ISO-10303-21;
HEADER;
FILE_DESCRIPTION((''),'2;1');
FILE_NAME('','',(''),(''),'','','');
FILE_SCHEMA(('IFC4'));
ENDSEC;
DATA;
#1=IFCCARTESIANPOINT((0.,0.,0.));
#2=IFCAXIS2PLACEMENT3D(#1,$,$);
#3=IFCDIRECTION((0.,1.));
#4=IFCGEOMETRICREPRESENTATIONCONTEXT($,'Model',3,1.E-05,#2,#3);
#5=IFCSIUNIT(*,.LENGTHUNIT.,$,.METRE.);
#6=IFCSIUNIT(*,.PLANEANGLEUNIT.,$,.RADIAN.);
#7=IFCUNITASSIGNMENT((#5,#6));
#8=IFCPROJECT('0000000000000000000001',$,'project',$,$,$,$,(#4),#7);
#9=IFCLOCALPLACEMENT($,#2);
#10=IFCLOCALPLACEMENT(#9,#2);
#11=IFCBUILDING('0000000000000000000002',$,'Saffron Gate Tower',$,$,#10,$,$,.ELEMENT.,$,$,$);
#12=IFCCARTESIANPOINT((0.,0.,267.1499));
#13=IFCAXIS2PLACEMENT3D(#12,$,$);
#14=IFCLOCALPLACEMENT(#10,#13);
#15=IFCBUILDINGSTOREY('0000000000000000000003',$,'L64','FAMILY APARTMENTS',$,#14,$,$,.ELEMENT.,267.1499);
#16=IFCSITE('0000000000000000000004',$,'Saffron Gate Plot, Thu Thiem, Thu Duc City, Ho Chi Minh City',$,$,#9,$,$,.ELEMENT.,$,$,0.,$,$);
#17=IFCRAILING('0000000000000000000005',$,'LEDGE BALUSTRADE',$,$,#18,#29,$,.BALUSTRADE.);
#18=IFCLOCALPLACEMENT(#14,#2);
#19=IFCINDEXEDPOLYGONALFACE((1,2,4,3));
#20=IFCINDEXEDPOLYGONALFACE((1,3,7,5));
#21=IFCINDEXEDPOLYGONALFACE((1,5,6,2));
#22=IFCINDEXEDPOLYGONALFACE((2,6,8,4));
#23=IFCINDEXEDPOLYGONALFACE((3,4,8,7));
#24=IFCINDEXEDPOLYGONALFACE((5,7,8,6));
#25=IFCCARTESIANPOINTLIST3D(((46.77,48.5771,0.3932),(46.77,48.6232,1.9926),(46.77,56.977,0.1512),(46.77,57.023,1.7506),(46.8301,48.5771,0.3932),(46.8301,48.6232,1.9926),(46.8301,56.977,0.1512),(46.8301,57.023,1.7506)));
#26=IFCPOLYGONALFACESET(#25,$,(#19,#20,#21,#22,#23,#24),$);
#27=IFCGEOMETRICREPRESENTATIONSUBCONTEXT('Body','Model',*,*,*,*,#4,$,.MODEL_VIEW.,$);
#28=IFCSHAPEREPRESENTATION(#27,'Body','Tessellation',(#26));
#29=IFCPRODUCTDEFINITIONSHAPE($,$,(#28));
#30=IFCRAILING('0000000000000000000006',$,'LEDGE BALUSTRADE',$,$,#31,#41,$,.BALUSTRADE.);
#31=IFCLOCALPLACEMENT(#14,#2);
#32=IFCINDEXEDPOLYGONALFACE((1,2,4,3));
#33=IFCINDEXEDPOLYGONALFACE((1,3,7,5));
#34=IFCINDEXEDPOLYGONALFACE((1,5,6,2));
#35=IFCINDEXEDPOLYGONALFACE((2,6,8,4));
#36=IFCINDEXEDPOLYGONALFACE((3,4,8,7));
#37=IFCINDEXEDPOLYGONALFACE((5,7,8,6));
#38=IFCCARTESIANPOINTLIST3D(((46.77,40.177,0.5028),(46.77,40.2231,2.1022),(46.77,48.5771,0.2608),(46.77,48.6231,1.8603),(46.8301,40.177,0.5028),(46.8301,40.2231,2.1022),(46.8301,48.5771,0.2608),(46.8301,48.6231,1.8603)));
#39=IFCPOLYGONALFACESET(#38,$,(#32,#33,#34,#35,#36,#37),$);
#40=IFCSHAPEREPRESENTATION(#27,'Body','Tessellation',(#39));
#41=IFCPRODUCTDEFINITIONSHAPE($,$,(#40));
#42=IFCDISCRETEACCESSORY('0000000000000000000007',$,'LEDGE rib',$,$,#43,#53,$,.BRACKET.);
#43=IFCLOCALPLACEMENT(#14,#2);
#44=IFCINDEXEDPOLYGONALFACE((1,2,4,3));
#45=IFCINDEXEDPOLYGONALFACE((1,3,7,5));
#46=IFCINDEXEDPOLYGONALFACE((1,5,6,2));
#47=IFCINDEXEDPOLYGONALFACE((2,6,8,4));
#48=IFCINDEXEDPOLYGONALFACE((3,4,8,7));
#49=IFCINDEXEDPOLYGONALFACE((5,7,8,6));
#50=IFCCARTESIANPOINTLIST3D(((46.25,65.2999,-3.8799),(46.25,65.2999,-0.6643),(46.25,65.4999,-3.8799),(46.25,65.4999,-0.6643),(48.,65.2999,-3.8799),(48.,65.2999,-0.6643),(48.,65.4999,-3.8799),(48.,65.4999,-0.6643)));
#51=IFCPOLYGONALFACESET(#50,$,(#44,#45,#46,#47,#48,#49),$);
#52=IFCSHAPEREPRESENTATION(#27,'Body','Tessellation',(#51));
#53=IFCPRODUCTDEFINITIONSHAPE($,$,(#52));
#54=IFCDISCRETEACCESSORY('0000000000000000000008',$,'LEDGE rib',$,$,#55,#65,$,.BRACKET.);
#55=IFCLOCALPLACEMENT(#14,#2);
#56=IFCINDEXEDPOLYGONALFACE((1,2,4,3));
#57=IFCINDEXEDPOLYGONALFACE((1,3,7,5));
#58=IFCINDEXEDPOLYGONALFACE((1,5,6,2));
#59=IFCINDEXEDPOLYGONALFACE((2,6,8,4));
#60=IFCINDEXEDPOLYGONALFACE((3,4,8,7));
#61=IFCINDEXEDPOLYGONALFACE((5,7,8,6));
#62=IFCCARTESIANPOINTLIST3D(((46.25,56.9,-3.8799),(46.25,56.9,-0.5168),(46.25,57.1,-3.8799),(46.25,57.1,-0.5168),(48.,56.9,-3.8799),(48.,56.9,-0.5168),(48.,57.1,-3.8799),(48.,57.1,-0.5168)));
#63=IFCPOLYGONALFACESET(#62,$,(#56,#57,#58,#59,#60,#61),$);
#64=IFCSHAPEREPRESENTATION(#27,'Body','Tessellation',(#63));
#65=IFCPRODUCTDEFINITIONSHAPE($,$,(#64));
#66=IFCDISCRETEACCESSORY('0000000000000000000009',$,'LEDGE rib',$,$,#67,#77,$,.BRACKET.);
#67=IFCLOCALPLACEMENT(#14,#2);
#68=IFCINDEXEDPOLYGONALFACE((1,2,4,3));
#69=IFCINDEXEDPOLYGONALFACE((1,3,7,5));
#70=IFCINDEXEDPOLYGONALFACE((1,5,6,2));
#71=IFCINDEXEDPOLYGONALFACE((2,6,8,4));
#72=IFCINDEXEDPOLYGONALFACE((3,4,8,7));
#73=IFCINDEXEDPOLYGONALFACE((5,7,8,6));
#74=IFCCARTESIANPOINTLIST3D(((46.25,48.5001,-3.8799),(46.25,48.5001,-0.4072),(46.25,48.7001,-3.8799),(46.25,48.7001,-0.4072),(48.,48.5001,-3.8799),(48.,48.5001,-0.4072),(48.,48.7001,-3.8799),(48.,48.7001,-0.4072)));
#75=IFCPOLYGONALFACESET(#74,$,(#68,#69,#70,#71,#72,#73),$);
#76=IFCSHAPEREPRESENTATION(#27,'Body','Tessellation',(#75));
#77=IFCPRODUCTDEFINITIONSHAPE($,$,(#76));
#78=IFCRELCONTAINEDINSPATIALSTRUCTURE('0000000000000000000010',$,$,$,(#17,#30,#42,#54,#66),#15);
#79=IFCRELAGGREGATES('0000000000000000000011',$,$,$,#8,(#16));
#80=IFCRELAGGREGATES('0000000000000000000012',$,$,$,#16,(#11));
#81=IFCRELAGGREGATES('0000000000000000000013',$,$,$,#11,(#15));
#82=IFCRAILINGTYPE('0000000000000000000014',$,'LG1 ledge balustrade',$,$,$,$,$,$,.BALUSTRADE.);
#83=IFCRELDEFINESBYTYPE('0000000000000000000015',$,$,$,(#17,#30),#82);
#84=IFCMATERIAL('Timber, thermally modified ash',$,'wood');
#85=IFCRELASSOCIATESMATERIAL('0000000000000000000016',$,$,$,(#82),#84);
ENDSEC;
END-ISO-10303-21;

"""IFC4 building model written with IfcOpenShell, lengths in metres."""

from ifc_helpers import new_model, si_unit, direction, frame, origin, origin_2d, place, context, subcontext, project, spatial, rectangle, extrude, material, type_object, element, save


model = new_model("IFC4")

# Units and contexts
model_context = context("Model", 3, precision=1e-05, world=origin(), true_north=direction((0.0, 1.0)))
body_context = subcontext(model_context, "Body", "Model", "MODEL_VIEW")
ifc_project = project(units=[si_unit("LENGTHUNIT", "METRE"), si_unit("PLANEANGLEUNIT", "RADIAN")], contexts=[model_context])

# Site, building, storey
site_placement = place(None, origin())
site = spatial("IfcSite", under=ifc_project, at=site_placement, Name="Saffron Gate Plot, Thu Thiem, Thu Duc City, Ho Chi Minh City", CompositionType="ELEMENT", RefElevation=0.0)
building_placement = place(site_placement, origin())
building = spatial("IfcBuilding", under=site, at=building_placement, Name="Saffron Gate Tower", CompositionType="ELEMENT")
storey_placement = place(building_placement, frame((0.0, 0.0, 267.1499)))
storey = spatial("IfcBuildingStorey", under=building, at=storey_placement, Name="L64", Description="FAMILY APARTMENTS", CompositionType="ELEMENT", Elevation=267.1499)

# Shared definitions
ifc_material_1 = material(Name="Timber, thermally modified ash", Category="wood")

# Railings
railing_type = type_object("IfcRailingType", Name="LG1 ledge balustrade", PredefinedType="BALUSTRADE", material=ifc_material_1)
for number, where, name in (
    (1, (46.8, 57.0, 0.1509), "LEDGE BALUSTRADE"),
):
    element("IfcRailing", number, at=place(storey_placement, frame(where)), inside=storey, type_object=railing_type, Name=name, PredefinedType="BALUSTRADE", context=body_context, shape_type="SweptSolid", body=[
        extrude(rectangle(XDim=0.0601, YDim=1.6001, at=origin_2d()), frame((0.0, 0.0, 0.8), z_axis=(0.0, -0.999585, 0.028791), x_axis=(1.0, 0.0, 0.0)), (0.0, 0.0, 1.0), 8.4033),
    ])
railing_placement = place(storey_placement, frame((46.8, 48.6001, 0.2605)))
element("IfcRailing", 2, at=railing_placement, inside=storey, type_object=railing_type, Name="LEDGE BALUSTRADE", PredefinedType="BALUSTRADE", context=body_context, shape_type="SweptSolid", body=[
    extrude(rectangle(XDim=0.0601, YDim=1.6001, at=origin_2d()), frame((0.0, 0.0, 0.8), z_axis=(0.0, -0.999585, 0.02879), x_axis=(1.0, 0.0, 0.0)), (0.0, 0.0, 1.0), 8.4036),
])

# Discrete accessories
discrete_accessory_1_placement = place(storey_placement, frame((47.125, 65.3999, -3.8799), z_axis=(0.0, 0.0, 1.0), x_axis=(0.0, -1.0, 0.0)))
element("IfcDiscreteAccessory", 3, at=discrete_accessory_1_placement, inside=storey, Name="LEDGE rib", PredefinedType="BRACKET", context=body_context, shape_type="SweptSolid", body=[
    extrude(rectangle(XDim=0.2, YDim=1.75, at=origin_2d()), origin(), (0.0, 0.0, 1.0), 3.2156),
])
discrete_accessory_2_placement = place(storey_placement, frame((47.125, 57.0, -3.8799), z_axis=(0.0, 0.0, 1.0), x_axis=(0.0, -1.0, 0.0)))
element("IfcDiscreteAccessory", 4, at=discrete_accessory_2_placement, inside=storey, Name="LEDGE rib", PredefinedType="BRACKET", context=body_context, shape_type="SweptSolid", body=[
    extrude(rectangle(XDim=0.2, YDim=1.75, at=origin_2d()), origin(), (0.0, 0.0, 1.0), 3.363),
])
discrete_accessory_3_placement = place(storey_placement, frame((47.125, 48.6001, -3.8799), z_axis=(0.0, 0.0, 1.0), x_axis=(0.0, -1.0, 0.0)))
element("IfcDiscreteAccessory", 5, at=discrete_accessory_3_placement, inside=storey, Name="LEDGE rib", PredefinedType="BRACKET", context=body_context, shape_type="SweptSolid", body=[
    extrude(rectangle(XDim=0.2, YDim=1.75, at=origin_2d()), origin(), (0.0, 0.0, 1.0), 3.4727),
])

save(model, "model.ifc")
